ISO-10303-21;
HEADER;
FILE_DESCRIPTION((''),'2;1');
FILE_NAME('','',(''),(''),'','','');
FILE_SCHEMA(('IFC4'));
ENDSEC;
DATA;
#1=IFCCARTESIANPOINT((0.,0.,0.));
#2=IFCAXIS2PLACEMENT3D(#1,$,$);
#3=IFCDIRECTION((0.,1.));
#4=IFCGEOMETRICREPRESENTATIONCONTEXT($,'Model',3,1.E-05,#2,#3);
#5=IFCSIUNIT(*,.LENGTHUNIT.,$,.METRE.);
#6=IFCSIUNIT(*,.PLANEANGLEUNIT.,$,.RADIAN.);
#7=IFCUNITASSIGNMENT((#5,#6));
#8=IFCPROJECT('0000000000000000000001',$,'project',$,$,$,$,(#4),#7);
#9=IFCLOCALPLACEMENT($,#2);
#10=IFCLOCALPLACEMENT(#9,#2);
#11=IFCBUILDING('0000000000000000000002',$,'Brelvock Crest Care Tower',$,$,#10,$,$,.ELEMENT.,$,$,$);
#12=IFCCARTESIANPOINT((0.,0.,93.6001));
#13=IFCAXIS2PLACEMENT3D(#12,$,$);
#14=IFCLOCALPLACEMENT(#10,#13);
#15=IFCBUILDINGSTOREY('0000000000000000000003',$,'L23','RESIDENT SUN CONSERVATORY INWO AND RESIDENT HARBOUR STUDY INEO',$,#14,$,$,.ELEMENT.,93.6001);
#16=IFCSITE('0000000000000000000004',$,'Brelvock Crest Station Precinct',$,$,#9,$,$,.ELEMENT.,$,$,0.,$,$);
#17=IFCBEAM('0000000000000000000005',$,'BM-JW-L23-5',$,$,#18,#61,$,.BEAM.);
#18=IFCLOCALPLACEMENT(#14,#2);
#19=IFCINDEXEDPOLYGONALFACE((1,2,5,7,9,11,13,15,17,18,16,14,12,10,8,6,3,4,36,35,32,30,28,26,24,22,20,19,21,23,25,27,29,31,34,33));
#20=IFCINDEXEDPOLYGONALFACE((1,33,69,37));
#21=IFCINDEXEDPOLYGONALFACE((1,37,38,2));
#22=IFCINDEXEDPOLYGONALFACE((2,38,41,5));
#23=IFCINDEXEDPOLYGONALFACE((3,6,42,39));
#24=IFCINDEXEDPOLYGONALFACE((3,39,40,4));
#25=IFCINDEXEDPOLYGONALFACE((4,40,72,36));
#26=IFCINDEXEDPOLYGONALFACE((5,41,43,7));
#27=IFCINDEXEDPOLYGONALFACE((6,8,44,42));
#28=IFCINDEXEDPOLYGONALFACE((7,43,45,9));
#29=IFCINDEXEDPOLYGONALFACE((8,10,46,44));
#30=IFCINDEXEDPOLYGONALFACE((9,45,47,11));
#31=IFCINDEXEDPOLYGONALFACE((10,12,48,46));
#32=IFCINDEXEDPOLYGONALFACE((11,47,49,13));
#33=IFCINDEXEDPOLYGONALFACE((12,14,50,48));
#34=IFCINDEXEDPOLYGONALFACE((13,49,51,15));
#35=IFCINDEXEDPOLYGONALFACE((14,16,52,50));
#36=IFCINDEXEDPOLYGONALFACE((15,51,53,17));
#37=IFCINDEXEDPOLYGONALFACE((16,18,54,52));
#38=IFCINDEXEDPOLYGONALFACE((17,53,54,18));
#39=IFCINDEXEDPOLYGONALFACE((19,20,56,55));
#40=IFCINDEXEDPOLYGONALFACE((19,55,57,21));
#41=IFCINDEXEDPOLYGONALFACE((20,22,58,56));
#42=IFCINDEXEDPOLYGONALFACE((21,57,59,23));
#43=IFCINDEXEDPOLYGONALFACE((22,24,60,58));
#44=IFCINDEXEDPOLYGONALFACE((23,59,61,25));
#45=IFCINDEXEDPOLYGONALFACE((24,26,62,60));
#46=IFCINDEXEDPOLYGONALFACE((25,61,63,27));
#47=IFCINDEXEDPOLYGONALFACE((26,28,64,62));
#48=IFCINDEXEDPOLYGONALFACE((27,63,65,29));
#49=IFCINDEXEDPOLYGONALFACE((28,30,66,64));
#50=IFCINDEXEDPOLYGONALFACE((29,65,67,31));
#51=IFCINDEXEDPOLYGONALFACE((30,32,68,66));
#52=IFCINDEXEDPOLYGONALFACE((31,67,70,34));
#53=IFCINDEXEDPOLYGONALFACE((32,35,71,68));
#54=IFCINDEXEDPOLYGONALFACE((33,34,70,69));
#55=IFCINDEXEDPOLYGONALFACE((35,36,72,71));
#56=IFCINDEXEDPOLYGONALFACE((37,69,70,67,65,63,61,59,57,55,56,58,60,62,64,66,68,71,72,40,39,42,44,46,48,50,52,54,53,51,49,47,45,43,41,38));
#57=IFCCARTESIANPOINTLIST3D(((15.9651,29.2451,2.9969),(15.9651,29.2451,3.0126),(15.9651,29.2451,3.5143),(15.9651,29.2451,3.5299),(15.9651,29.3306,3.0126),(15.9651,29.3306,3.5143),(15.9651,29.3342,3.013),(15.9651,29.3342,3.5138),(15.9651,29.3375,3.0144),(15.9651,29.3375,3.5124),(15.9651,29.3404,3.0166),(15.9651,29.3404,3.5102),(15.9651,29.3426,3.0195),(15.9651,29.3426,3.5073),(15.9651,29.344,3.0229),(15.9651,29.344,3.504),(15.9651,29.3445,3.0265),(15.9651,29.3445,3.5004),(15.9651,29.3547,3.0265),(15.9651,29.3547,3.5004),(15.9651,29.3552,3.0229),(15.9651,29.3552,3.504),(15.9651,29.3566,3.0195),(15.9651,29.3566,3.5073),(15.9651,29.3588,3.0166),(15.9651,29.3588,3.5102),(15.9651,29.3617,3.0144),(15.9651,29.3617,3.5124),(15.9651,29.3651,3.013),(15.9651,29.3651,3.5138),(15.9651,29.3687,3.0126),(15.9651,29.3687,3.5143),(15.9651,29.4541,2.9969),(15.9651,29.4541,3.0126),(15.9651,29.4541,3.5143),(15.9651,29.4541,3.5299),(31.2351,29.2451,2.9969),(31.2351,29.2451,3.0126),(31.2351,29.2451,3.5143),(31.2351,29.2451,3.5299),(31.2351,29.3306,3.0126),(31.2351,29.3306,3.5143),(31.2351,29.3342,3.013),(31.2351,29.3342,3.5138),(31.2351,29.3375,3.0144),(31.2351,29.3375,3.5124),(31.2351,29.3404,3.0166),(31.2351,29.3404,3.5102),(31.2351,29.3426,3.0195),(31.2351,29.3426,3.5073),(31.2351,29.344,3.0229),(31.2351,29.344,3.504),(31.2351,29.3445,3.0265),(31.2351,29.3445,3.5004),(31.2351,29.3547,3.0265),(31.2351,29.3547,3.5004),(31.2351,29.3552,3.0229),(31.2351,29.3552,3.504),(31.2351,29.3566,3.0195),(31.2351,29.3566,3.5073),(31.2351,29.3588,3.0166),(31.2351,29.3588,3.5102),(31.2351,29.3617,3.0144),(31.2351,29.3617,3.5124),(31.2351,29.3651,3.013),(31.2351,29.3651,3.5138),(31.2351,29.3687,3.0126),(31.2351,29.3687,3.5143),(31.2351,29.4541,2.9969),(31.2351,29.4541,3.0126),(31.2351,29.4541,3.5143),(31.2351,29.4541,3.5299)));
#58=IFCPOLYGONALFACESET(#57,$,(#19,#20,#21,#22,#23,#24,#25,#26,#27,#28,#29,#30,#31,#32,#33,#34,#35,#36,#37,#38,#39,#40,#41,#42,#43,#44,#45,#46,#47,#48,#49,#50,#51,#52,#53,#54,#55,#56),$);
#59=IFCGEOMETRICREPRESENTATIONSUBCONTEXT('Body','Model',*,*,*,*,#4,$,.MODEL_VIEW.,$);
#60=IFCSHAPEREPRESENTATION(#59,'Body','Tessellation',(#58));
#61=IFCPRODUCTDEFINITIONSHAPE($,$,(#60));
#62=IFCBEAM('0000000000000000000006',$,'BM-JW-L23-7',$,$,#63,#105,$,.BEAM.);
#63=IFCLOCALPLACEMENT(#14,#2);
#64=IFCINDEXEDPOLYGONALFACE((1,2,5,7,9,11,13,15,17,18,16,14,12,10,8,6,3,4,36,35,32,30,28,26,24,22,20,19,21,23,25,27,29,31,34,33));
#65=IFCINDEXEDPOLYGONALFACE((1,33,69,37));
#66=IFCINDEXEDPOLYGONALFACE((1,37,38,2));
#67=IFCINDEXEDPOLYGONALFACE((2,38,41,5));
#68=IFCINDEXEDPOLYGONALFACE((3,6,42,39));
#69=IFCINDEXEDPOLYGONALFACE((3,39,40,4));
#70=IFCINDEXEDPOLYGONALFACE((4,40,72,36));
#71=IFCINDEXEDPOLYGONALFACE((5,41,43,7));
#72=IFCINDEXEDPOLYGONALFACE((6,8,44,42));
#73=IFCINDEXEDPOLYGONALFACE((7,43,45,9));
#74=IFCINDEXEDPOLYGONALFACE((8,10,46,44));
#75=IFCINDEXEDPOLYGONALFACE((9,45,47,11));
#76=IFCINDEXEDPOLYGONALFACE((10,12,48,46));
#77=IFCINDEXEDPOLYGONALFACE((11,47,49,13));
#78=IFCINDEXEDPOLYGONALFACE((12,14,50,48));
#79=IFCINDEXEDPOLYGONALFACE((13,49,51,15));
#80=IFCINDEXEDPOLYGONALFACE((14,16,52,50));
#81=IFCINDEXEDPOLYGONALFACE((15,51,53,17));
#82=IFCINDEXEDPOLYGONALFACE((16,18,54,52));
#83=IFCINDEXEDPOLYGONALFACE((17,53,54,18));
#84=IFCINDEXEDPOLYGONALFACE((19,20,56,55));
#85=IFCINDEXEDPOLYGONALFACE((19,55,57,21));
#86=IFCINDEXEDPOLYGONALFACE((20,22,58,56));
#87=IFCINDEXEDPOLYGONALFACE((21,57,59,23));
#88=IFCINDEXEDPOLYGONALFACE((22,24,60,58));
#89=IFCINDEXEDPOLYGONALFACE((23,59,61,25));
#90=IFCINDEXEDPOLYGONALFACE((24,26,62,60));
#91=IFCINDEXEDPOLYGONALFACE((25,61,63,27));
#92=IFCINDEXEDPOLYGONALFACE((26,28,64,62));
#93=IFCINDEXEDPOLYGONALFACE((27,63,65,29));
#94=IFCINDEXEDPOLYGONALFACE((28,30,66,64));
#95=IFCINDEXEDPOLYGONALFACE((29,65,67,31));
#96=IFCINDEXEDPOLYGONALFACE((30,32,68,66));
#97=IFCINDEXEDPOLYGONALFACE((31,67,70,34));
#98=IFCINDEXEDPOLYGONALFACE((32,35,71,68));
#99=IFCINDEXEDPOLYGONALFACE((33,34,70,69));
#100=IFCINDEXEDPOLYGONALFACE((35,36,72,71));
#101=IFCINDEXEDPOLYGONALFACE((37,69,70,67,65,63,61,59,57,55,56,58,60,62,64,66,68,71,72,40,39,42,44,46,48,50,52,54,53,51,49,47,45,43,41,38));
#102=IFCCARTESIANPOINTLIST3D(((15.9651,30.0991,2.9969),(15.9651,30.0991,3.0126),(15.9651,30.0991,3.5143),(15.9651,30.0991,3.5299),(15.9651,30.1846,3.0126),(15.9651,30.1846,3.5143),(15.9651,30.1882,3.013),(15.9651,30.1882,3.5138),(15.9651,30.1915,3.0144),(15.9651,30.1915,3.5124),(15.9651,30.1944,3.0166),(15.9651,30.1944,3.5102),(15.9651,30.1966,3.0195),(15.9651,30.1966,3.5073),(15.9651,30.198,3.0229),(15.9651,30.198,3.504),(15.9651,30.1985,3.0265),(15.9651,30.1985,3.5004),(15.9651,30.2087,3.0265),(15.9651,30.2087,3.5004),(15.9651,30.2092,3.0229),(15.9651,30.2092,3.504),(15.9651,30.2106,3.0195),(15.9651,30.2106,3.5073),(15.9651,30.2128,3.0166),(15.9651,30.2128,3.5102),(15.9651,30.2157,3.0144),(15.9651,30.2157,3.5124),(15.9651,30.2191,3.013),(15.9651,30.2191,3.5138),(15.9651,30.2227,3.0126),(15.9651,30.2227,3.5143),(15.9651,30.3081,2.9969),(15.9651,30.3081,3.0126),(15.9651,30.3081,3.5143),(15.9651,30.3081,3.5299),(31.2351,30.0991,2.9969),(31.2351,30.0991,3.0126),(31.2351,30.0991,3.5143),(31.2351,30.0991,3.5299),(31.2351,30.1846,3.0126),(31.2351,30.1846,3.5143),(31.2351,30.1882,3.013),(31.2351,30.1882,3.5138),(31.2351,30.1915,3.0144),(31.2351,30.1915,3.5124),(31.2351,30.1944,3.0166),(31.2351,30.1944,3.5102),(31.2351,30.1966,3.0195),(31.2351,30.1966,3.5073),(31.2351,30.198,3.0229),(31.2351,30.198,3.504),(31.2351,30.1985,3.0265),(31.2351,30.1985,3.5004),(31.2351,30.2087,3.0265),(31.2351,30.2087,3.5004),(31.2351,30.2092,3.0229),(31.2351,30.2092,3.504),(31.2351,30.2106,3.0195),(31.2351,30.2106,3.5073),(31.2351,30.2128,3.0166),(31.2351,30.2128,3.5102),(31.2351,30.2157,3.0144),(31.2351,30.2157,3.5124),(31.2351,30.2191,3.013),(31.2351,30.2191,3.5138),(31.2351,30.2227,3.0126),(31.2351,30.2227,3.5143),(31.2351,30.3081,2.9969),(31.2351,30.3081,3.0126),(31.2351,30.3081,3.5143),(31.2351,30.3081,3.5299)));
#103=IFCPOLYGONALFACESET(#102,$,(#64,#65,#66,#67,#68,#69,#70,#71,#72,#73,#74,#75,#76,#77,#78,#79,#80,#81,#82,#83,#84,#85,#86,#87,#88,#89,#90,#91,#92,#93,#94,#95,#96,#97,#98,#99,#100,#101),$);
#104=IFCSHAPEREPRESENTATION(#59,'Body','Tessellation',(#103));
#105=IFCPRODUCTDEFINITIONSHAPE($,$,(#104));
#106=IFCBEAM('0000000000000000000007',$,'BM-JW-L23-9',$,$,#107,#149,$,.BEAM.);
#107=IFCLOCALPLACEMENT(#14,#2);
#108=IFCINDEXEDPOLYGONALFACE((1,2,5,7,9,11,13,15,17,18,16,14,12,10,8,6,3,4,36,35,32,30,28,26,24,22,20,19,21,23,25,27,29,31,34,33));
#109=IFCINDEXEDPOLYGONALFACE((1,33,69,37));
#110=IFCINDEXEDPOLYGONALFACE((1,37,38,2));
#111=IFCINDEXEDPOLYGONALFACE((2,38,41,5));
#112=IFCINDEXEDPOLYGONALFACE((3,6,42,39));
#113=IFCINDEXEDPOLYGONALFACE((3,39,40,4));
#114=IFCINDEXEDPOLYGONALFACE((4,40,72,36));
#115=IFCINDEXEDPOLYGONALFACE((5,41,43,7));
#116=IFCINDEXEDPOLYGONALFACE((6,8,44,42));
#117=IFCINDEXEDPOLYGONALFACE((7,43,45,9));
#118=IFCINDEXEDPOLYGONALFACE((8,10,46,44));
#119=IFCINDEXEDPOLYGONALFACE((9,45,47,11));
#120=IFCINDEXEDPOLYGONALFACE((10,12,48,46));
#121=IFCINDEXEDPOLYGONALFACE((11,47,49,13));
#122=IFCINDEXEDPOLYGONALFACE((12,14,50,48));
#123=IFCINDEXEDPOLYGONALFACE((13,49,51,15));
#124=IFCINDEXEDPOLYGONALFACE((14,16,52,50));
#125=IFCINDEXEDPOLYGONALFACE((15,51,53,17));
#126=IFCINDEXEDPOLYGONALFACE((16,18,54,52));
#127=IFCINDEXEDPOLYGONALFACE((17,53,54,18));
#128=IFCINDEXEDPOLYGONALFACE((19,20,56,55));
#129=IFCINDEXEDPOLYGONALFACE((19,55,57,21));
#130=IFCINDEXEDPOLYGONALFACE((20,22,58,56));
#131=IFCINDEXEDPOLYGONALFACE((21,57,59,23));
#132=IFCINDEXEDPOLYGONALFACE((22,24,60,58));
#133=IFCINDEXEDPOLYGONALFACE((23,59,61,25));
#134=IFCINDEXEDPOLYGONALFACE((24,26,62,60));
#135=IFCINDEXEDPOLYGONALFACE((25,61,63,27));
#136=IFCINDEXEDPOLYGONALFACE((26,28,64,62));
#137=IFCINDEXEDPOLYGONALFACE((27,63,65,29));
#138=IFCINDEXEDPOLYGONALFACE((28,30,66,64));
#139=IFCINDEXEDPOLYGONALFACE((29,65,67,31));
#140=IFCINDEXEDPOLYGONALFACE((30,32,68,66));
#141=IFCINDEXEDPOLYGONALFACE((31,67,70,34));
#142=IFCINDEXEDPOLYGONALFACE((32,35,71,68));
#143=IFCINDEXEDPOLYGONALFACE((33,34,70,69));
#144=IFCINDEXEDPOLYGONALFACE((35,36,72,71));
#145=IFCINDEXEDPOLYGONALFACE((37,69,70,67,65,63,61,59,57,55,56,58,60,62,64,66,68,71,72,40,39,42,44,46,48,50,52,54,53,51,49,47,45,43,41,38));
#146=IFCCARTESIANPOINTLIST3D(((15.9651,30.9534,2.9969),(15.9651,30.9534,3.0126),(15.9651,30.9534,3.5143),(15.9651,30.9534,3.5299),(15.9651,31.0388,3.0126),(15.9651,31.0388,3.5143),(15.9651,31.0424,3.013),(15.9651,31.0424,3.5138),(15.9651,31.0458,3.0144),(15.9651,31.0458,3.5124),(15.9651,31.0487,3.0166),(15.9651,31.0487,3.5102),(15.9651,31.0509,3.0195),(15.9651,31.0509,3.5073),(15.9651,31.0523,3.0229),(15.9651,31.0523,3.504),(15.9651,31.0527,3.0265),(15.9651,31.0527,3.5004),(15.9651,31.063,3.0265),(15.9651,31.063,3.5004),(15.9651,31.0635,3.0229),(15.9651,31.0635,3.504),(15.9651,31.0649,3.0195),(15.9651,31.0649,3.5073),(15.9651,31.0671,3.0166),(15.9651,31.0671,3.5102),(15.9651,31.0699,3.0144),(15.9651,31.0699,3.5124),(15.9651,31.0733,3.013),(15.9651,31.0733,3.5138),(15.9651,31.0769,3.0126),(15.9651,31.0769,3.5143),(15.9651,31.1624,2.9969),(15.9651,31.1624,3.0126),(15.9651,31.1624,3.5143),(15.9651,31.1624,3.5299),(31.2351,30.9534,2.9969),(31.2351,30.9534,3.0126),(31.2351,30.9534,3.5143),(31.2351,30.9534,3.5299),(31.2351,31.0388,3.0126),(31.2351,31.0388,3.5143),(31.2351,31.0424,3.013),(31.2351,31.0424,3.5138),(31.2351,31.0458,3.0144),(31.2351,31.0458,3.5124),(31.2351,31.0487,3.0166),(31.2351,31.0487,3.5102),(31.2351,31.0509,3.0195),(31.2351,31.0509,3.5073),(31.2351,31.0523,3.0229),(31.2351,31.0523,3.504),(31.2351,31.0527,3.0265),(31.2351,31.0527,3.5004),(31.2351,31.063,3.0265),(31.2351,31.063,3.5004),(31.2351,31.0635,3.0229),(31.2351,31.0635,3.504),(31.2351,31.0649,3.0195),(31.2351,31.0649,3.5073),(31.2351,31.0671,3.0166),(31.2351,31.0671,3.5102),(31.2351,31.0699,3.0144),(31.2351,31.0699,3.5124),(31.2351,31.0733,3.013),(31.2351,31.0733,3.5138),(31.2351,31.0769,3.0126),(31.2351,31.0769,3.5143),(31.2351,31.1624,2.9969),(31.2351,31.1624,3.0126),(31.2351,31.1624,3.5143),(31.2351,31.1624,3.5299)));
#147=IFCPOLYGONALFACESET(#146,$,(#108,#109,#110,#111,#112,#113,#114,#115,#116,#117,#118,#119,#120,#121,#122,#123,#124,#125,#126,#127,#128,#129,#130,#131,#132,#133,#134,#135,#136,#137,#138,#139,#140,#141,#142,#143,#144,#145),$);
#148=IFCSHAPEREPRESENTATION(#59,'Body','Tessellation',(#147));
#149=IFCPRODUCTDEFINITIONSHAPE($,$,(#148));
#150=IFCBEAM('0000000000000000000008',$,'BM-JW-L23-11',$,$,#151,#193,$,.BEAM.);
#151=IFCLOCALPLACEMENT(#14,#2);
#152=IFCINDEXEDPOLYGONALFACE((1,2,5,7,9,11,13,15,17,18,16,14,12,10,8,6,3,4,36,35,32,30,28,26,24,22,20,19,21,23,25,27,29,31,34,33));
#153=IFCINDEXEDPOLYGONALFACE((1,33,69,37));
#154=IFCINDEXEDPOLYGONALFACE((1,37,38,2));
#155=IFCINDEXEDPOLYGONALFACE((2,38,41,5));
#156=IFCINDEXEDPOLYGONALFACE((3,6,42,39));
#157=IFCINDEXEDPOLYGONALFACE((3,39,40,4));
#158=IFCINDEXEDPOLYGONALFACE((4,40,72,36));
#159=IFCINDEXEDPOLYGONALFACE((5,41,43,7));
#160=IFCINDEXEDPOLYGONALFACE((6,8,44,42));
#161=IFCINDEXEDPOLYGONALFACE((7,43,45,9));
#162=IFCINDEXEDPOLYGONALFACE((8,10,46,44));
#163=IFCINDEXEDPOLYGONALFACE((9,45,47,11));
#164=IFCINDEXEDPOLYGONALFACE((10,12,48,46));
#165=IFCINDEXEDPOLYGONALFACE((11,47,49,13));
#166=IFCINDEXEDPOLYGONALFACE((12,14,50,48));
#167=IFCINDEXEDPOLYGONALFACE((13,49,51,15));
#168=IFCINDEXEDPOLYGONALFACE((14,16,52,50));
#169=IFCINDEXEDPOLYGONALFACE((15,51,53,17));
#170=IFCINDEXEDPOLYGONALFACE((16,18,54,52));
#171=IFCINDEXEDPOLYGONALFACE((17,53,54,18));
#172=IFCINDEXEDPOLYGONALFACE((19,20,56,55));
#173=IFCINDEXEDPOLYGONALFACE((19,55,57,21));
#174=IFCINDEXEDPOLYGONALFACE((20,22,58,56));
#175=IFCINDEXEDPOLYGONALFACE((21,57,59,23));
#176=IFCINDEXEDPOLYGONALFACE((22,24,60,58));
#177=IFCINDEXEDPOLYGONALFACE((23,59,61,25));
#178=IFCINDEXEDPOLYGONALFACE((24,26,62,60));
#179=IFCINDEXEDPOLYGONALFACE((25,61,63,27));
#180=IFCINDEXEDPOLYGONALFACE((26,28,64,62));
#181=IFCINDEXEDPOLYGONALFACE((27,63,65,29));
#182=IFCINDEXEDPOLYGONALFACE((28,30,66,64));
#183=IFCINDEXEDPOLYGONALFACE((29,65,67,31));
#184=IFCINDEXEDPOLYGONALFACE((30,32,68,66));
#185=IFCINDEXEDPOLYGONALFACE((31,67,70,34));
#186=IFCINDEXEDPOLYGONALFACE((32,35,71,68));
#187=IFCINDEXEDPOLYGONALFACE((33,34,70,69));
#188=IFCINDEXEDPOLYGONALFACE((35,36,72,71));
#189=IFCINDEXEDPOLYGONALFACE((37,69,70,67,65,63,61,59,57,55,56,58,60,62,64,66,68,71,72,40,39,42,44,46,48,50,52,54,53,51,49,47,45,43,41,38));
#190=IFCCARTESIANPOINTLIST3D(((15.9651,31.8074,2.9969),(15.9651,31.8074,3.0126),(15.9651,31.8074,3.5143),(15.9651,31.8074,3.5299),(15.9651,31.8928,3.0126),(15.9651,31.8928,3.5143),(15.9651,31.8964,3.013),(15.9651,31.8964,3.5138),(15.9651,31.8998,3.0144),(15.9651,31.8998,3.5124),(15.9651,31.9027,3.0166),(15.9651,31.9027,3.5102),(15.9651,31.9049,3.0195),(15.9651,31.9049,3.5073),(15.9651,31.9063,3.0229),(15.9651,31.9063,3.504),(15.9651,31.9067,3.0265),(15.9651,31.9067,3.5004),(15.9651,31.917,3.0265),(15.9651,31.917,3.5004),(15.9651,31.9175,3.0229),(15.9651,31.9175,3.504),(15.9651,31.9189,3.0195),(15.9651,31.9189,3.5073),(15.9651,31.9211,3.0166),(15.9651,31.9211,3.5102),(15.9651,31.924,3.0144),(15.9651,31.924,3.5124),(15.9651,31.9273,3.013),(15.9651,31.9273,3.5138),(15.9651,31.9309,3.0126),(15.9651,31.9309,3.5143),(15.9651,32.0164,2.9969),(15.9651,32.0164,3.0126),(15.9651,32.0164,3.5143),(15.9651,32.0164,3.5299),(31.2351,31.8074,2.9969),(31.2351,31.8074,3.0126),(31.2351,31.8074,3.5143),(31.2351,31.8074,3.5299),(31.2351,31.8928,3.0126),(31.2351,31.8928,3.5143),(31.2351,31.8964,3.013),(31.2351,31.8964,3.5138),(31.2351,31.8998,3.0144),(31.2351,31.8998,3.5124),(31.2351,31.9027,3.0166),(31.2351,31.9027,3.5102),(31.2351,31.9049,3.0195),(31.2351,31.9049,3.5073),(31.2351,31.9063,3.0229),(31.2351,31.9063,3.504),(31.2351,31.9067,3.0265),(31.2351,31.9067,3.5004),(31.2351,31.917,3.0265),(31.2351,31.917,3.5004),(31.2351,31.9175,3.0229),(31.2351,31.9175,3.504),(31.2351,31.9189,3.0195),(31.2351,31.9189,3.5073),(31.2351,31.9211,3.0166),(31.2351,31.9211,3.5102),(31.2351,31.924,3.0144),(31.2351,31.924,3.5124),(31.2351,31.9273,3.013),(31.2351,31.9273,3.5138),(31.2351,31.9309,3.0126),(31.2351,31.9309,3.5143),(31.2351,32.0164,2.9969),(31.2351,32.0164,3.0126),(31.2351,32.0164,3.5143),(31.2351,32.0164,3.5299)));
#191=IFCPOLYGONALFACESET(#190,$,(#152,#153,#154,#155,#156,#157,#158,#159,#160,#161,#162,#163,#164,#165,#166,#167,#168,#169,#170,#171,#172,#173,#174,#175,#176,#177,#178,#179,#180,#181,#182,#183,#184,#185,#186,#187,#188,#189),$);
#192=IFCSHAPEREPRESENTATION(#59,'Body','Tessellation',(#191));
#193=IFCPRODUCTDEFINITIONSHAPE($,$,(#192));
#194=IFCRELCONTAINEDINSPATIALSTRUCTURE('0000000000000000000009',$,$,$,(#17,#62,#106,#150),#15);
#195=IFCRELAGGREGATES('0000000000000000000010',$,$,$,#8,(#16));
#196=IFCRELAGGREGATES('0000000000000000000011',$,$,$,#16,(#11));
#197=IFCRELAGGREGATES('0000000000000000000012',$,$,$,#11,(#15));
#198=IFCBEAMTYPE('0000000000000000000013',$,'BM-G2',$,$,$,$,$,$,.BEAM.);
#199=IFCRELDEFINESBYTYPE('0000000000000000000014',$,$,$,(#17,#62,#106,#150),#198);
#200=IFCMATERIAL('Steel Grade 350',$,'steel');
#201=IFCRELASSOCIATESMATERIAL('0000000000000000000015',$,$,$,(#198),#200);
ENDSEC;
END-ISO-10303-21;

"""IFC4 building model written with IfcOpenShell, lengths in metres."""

from ifc_helpers import new_model, si_unit, direction, frame, origin, origin_2d, place, context, subcontext, project, spatial, i_section, extrude, source, transform, mapped, material, material_profile, profile_set, type_object, element, save


model = new_model("IFC4")

# Units and contexts
model_context = context("Model", 3, precision=1e-05, world=origin(), true_north=direction((0.0, 1.0)))
body_context = subcontext(model_context, "Body", "Model", "MODEL_VIEW")
ifc_project = project(units=[si_unit("LENGTHUNIT", "METRE"), si_unit("PLANEANGLEUNIT", "RADIAN")], contexts=[model_context])

# Site, building, storey
site_placement = place(None, origin())
site = spatial("IfcSite", under=ifc_project, at=site_placement, Name="Brelvock Crest Station Precinct", CompositionType="ELEMENT", RefElevation=0.0)
building_placement = place(site_placement, origin())
building = spatial("IfcBuilding", under=site, at=building_placement, Name="Brelvock Crest Care Tower", CompositionType="ELEMENT")
storey_placement = place(building_placement, frame((0.0, 0.0, 93.6001)))
storey = spatial("IfcBuildingStorey", under=building, at=storey_placement, Name="L23", Description="RESIDENT SUN CONSERVATORY INWO AND RESIDENT HARBOUR STUDY INEO", CompositionType="ELEMENT", Elevation=93.6001)

# Shared definitions
ifc_material_1 = material(Name="Steel Grade 350", Category="steel")

# Beams
ifc_material_profile_1 = material_profile(ifc_material_1, i_section(OverallWidth=0.209, OverallDepth=0.533, WebThickness=0.0103, FlangeThickness=0.0156, FilletRadius=0.0139, at=origin_2d()), Name="530UB92.4")
ifc_profile_set_1 = profile_set([ifc_material_profile_1], Name="Steel Grade 350")
beam_type_1 = type_object("IfcBeamType", Name="BM-G2", PredefinedType="BEAM", material=ifc_profile_set_1)
shared_shape_1 = source(origin(), body_context, "Body", "SweptSolid", [
    extrude(i_section(OverallWidth=0.209, OverallDepth=0.533, WebThickness=0.0103, FlangeThickness=0.0156, FilletRadius=0.0139, at=origin_2d()), origin(), (0.0, 0.0, 1.0), 15.27),
])
for number, where, z_axis, x_axis, name in (
    (1, (15.9651, 29.3496, 3.2634), (1.0, 0.0, 0.0), (0.0, 1.0, 0.0), "BM-JW-L23-5"),
    (2, (15.9651, 30.2036, 3.2634), (1.0, 0.0, 0.0), (0.0, 1.0, 0.0), "BM-JW-L23-7"),
    (3, (15.9651, 31.0579, 3.2634), (1.0, 0.0, 0.0), (0.0, 1.0, 0.0), "BM-JW-L23-9"),
    (4, (15.9651, 31.9119, 3.2634), (1.0, 0.0, 0.0), (0.0, 1.0, 0.0), "BM-JW-L23-11"),
):
    element("IfcBeam", number, at=place(storey_placement, frame(where, z_axis=z_axis, x_axis=x_axis)), inside=storey, type_object=beam_type_1, Name=name, PredefinedType="BEAM", context=body_context, shape_type="MappedRepresentation", body=[
        mapped(shared_shape_1, transform((0.0, 0.0, 0.0), x_axis=(1.0, 0.0, 0.0), y_axis=(0.0, 1.0, 0.0), z_axis=(0.0, 0.0, 1.0), scale=1.0)),
    ])

save(model, "model.ifc")
